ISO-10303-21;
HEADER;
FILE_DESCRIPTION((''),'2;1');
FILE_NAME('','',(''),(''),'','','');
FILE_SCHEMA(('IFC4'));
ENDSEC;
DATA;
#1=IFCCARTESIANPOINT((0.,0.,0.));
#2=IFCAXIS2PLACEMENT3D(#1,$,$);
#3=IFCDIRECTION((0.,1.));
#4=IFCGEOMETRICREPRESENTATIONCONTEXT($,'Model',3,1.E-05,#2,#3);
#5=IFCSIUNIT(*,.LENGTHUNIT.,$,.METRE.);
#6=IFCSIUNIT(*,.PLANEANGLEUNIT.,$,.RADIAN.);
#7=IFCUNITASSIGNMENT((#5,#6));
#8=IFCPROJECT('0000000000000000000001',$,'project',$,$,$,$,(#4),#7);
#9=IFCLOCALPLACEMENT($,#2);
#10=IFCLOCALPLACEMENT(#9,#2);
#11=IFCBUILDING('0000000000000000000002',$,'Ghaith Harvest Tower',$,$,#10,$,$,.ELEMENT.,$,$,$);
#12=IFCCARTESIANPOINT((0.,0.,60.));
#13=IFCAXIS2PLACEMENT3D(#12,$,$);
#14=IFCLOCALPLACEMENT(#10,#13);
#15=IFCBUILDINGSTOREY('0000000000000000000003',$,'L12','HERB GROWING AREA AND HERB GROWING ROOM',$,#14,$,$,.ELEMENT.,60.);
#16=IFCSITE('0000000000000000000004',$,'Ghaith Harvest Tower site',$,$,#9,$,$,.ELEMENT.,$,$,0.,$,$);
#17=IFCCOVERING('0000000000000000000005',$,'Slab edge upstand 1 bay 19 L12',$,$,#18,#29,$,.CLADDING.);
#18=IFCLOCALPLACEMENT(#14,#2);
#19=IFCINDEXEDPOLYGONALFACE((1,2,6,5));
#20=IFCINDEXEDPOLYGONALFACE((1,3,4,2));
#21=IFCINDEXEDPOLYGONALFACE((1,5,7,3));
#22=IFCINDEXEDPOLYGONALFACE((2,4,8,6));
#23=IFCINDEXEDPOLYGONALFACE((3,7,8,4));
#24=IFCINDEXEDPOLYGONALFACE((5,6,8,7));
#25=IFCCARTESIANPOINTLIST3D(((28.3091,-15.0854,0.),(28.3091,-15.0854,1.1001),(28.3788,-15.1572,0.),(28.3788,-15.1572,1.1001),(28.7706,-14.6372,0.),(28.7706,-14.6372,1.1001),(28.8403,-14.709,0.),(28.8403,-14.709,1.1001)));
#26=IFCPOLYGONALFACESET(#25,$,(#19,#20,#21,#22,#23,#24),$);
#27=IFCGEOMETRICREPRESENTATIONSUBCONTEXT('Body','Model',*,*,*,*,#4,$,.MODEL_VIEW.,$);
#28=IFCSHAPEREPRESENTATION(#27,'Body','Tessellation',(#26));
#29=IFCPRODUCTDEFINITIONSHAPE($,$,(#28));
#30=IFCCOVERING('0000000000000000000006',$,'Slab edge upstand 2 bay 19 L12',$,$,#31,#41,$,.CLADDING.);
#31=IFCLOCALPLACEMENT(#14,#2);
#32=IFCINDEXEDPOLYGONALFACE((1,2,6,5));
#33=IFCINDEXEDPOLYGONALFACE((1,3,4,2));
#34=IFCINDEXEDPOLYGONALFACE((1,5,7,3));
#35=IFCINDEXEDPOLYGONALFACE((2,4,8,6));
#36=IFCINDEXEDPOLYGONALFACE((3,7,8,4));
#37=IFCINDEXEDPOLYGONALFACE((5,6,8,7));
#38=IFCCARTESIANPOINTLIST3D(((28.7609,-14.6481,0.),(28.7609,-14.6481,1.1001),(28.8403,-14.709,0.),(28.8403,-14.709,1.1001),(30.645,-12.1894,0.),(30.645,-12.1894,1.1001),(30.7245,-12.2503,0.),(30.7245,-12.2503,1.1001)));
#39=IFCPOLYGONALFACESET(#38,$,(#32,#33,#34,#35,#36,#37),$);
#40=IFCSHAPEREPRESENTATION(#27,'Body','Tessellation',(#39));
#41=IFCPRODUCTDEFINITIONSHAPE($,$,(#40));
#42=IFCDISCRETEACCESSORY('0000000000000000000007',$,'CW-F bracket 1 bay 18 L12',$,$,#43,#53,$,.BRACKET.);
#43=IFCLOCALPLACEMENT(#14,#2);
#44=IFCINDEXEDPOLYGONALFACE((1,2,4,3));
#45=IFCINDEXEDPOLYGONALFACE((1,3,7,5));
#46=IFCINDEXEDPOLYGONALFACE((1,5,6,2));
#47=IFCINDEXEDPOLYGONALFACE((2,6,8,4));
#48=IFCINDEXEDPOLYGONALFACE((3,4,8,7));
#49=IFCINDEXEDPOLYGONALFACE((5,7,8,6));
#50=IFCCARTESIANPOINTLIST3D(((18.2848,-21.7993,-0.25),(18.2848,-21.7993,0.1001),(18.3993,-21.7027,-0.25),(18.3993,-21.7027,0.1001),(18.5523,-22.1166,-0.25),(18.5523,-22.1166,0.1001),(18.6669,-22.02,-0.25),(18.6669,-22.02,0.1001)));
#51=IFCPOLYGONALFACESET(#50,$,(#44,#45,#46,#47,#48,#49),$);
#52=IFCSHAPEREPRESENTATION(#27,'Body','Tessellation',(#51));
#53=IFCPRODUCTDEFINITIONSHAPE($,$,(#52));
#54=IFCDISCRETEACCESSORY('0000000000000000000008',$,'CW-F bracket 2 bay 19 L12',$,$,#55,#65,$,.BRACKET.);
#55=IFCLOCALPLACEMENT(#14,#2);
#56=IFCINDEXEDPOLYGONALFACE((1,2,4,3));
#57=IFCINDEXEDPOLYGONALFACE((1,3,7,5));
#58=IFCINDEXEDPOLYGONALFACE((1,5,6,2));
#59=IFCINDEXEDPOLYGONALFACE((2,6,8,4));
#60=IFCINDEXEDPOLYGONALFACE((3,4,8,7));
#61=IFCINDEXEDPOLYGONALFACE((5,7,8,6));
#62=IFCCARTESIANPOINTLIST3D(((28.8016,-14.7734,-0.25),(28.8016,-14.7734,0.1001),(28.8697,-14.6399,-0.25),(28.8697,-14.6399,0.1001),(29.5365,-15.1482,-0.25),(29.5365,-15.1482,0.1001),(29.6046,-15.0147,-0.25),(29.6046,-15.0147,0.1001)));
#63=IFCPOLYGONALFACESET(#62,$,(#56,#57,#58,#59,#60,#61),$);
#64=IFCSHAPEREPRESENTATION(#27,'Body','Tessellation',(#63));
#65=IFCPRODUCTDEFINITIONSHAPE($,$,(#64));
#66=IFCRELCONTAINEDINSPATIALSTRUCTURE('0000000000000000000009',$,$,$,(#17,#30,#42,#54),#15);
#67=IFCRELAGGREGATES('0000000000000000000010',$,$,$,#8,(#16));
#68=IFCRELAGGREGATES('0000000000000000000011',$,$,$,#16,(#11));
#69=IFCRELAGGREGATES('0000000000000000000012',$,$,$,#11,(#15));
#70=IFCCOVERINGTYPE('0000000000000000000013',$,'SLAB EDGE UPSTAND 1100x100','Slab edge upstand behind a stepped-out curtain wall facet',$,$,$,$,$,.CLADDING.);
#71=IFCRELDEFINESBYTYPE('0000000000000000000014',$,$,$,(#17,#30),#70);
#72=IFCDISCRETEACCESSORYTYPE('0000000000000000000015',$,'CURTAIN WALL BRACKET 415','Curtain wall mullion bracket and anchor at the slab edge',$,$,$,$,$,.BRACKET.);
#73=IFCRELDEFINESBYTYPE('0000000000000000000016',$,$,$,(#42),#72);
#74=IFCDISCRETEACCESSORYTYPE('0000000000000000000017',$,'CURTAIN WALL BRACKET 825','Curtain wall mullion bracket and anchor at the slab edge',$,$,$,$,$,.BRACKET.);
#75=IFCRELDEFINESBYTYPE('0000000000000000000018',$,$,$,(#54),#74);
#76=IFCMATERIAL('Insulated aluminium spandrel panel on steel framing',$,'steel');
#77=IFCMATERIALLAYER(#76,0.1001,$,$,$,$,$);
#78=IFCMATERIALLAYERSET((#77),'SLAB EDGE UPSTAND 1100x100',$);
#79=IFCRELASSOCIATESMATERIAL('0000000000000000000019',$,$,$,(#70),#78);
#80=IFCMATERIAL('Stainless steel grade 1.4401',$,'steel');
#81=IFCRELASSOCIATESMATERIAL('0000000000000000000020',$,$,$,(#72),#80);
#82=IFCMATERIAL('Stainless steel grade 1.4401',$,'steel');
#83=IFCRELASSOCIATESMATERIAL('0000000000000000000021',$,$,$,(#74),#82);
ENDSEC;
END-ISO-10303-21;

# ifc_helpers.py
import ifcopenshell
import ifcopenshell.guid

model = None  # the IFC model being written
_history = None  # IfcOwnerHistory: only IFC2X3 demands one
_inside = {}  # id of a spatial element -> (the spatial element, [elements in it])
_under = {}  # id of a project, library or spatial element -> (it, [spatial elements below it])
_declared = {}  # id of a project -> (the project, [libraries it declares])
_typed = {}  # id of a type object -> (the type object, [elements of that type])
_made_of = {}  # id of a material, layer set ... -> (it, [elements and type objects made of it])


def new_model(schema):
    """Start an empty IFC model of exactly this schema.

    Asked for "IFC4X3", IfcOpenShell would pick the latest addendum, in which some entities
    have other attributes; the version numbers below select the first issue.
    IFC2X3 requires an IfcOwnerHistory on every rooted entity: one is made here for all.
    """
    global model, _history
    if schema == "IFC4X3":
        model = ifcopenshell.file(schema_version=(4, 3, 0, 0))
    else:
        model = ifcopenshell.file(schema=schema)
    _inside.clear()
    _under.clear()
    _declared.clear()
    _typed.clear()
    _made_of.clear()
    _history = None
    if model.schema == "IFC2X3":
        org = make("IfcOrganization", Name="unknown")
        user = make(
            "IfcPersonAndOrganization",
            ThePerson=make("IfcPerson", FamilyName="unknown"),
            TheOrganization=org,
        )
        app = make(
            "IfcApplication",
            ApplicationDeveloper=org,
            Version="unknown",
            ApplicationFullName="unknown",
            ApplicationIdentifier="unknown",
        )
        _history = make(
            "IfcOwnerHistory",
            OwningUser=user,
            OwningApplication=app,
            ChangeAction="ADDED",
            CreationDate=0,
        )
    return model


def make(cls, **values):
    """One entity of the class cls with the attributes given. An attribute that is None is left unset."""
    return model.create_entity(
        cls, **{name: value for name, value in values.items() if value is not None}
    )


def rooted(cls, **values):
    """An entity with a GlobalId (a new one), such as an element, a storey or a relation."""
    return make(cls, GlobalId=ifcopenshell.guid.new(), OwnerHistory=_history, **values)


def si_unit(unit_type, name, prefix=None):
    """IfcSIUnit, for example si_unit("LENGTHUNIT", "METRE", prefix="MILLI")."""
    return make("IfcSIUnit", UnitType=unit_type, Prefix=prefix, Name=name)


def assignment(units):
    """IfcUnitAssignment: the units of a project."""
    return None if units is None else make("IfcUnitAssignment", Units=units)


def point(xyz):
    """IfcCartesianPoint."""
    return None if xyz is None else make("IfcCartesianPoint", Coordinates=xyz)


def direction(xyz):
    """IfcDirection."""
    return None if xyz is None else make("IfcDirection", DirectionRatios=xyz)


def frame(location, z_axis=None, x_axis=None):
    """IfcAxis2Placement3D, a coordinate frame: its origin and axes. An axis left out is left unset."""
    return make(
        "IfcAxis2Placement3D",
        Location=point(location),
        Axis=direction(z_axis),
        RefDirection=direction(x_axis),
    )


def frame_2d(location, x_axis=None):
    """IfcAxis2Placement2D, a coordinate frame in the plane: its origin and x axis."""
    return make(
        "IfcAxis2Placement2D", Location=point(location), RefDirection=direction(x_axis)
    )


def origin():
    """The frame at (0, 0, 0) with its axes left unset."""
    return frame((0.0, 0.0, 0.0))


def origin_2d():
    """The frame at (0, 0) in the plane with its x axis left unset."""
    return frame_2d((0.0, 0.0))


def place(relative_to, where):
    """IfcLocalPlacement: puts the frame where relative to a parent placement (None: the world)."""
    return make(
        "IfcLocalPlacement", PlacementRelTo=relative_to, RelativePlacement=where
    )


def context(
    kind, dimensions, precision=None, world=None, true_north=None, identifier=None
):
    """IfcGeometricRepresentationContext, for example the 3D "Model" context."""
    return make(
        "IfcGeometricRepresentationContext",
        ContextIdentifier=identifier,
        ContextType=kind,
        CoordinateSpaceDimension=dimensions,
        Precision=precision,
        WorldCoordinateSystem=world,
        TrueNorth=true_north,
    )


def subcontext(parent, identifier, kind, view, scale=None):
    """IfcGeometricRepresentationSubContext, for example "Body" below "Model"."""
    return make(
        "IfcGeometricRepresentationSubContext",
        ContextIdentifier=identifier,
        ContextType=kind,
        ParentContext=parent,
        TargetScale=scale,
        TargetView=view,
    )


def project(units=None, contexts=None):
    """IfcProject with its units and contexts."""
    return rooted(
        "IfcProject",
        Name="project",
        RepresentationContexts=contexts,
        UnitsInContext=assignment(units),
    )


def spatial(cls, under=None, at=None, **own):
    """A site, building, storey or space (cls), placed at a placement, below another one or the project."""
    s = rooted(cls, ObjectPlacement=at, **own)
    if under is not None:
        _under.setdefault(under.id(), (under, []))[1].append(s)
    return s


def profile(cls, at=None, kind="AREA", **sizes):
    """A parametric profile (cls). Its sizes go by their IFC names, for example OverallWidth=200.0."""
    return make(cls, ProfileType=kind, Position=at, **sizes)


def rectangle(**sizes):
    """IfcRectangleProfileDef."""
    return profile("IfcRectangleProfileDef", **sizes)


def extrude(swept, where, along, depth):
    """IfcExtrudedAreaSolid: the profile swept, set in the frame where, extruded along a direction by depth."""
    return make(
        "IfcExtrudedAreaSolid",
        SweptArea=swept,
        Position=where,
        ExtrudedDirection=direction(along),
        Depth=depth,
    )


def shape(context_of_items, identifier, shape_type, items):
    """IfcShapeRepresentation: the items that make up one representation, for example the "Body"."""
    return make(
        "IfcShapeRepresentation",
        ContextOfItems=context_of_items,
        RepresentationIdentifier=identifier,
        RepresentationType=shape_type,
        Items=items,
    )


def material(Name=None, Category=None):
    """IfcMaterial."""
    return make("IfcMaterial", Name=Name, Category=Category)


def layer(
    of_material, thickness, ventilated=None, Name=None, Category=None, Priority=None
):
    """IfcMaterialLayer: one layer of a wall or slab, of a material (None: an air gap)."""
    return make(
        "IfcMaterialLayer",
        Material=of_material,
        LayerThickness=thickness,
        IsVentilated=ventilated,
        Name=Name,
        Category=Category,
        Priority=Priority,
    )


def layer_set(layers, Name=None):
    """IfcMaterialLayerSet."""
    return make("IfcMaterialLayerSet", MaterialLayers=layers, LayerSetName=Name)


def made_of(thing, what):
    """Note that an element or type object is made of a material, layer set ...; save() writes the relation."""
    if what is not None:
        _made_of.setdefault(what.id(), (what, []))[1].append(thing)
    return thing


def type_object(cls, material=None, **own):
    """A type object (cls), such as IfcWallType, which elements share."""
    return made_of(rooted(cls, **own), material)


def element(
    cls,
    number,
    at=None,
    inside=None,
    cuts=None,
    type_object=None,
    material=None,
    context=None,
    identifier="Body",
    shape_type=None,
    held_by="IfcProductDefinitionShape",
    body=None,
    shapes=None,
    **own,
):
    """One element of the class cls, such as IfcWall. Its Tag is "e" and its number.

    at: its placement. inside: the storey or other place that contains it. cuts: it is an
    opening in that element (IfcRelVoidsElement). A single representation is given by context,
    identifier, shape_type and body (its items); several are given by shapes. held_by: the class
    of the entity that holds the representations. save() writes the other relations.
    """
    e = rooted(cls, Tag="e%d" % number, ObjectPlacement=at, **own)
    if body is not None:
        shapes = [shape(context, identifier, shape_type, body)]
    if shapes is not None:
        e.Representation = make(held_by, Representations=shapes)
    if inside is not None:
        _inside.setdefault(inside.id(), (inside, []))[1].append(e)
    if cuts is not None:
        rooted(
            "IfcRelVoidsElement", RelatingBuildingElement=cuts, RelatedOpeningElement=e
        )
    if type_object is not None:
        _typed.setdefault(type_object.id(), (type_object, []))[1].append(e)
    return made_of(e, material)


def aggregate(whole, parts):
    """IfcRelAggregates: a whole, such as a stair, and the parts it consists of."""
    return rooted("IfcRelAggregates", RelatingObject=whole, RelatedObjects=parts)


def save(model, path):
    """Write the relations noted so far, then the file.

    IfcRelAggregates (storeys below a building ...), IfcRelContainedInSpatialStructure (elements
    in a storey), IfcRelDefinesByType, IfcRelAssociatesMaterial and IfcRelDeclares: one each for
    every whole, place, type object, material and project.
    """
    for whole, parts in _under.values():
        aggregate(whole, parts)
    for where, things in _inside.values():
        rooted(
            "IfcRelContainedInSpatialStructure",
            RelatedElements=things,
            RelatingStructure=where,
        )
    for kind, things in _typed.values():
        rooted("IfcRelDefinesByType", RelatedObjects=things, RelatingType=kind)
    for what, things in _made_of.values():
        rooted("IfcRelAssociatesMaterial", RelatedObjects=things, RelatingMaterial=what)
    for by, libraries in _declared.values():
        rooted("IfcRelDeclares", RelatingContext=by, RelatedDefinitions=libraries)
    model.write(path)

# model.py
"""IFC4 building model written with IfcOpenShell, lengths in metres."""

from ifc_helpers import new_model, si_unit, direction, frame, origin, origin_2d, place, context, subcontext, project, spatial, rectangle, extrude, material, layer, layer_set, type_object, element, save


model = new_model("IFC4")

# Units and contexts
model_context = context("Model", 3, precision=1e-05, world=origin(), true_north=direction((0.0, 1.0)))
body_context = subcontext(model_context, "Body", "Model", "MODEL_VIEW")
ifc_project = project(units=[si_unit("LENGTHUNIT", "METRE"), si_unit("PLANEANGLEUNIT", "RADIAN")], contexts=[model_context])

# Site, building, storey
site_placement = place(None, origin())
site = spatial("IfcSite", under=ifc_project, at=site_placement, Name="Ghaith Harvest Tower site", CompositionType="ELEMENT", RefElevation=0.0)
building_placement = place(site_placement, origin())
building = spatial("IfcBuilding", under=site, at=building_placement, Name="Ghaith Harvest Tower", CompositionType="ELEMENT")
storey_placement = place(building_placement, frame((0.0, 0.0, 60.0)))
storey = spatial("IfcBuildingStorey", under=building, at=storey_placement, Name="L12", Description="HERB GROWING AREA AND HERB GROWING ROOM", CompositionType="ELEMENT", Elevation=60.0)

# Coverings
ifc_material_1 = material(Name="Insulated aluminium spandrel panel on steel framing", Category="steel")
ifc_layer_1 = layer(ifc_material_1, 0.1001)
ifc_layer_set_1 = layer_set([ifc_layer_1], Name="SLAB EDGE UPSTAND 1100x100")
covering_type = type_object("IfcCoveringType", Name="SLAB EDGE UPSTAND 1100x100", Description="Slab edge upstand behind a stepped-out curtain wall facet", PredefinedType="CLADDING", material=ifc_layer_set_1)
covering_1_placement = place(storey_placement, frame((28.5747, -14.8972, 0.0), z_axis=(0.0, 0.0, 1.0), x_axis=(0.717386, 0.696675, 0.0)))
element("IfcCovering", 1, at=covering_1_placement, inside=storey, type_object=covering_type, Name="Slab edge upstand 1 bay 19 L12", PredefinedType="CLADDING", context=body_context, shape_type="SweptSolid", body=[
    extrude(rectangle(XDim=0.6433, YDim=0.1001, at=origin_2d()), origin(), (0.0, 0.0, 1.0), 1.1001),
])
covering_2_placement = place(storey_placement, frame((29.7427, -13.4492, 0.0), z_axis=(0.0, 0.0, 1.0), x_axis=(0.608255, 0.793742, 0.0)))
element("IfcCovering", 2, at=covering_2_placement, inside=storey, type_object=covering_type, Name="Slab edge upstand 2 bay 19 L12", PredefinedType="CLADDING", context=body_context, shape_type="SweptSolid", body=[
    extrude(rectangle(XDim=3.0977, YDim=0.1001, at=origin_2d()), origin(), (0.0, 0.0, 1.0), 1.1001),
])

# Discrete accessories
ifc_material_2 = material(Name="Stainless steel grade 1.4401", Category="steel")
discrete_accessory_type_1 = type_object("IfcDiscreteAccessoryType", Name="CURTAIN WALL BRACKET 415", Description="Curtain wall mullion bracket and anchor at the slab edge", PredefinedType="BRACKET", material=ifc_material_2)
discrete_accessory_1_placement = place(storey_placement, frame((18.4758, -21.9097, -0.25), z_axis=(0.0, 0.0, 1.0), x_axis=(0.644657, -0.764472, 0.0)))
element("IfcDiscreteAccessory", 3, at=discrete_accessory_1_placement, inside=storey, type_object=discrete_accessory_type_1, Name="CW-F bracket 1 bay 18 L12", PredefinedType="BRACKET", context=body_context, shape_type="SweptSolid", body=[
    extrude(rectangle(XDim=0.415, YDim=0.1499, at=origin_2d()), origin(), (0.0, 0.0, 1.0), 0.3501),
])
ifc_material_3 = material(Name="Stainless steel grade 1.4401", Category="steel")
discrete_accessory_type_2 = type_object("IfcDiscreteAccessoryType", Name="CURTAIN WALL BRACKET 825", Description="Curtain wall mullion bracket and anchor at the slab edge", PredefinedType="BRACKET", material=ifc_material_3)
discrete_accessory_2_placement = place(storey_placement, frame((29.2031, -14.894, -0.25), z_axis=(0.0, 0.0, 1.0), x_axis=(0.890831, -0.454335, 0.0)))
element("IfcDiscreteAccessory", 4, at=discrete_accessory_2_placement, inside=storey, type_object=discrete_accessory_type_2, Name="CW-F bracket 2 bay 19 L12", PredefinedType="BRACKET", context=body_context, shape_type="SweptSolid", body=[
    extrude(rectangle(XDim=0.825, YDim=0.1499, at=origin_2d()), origin(), (0.0, 0.0, 1.0), 0.3501),
])

save(model, "model.ifc")
